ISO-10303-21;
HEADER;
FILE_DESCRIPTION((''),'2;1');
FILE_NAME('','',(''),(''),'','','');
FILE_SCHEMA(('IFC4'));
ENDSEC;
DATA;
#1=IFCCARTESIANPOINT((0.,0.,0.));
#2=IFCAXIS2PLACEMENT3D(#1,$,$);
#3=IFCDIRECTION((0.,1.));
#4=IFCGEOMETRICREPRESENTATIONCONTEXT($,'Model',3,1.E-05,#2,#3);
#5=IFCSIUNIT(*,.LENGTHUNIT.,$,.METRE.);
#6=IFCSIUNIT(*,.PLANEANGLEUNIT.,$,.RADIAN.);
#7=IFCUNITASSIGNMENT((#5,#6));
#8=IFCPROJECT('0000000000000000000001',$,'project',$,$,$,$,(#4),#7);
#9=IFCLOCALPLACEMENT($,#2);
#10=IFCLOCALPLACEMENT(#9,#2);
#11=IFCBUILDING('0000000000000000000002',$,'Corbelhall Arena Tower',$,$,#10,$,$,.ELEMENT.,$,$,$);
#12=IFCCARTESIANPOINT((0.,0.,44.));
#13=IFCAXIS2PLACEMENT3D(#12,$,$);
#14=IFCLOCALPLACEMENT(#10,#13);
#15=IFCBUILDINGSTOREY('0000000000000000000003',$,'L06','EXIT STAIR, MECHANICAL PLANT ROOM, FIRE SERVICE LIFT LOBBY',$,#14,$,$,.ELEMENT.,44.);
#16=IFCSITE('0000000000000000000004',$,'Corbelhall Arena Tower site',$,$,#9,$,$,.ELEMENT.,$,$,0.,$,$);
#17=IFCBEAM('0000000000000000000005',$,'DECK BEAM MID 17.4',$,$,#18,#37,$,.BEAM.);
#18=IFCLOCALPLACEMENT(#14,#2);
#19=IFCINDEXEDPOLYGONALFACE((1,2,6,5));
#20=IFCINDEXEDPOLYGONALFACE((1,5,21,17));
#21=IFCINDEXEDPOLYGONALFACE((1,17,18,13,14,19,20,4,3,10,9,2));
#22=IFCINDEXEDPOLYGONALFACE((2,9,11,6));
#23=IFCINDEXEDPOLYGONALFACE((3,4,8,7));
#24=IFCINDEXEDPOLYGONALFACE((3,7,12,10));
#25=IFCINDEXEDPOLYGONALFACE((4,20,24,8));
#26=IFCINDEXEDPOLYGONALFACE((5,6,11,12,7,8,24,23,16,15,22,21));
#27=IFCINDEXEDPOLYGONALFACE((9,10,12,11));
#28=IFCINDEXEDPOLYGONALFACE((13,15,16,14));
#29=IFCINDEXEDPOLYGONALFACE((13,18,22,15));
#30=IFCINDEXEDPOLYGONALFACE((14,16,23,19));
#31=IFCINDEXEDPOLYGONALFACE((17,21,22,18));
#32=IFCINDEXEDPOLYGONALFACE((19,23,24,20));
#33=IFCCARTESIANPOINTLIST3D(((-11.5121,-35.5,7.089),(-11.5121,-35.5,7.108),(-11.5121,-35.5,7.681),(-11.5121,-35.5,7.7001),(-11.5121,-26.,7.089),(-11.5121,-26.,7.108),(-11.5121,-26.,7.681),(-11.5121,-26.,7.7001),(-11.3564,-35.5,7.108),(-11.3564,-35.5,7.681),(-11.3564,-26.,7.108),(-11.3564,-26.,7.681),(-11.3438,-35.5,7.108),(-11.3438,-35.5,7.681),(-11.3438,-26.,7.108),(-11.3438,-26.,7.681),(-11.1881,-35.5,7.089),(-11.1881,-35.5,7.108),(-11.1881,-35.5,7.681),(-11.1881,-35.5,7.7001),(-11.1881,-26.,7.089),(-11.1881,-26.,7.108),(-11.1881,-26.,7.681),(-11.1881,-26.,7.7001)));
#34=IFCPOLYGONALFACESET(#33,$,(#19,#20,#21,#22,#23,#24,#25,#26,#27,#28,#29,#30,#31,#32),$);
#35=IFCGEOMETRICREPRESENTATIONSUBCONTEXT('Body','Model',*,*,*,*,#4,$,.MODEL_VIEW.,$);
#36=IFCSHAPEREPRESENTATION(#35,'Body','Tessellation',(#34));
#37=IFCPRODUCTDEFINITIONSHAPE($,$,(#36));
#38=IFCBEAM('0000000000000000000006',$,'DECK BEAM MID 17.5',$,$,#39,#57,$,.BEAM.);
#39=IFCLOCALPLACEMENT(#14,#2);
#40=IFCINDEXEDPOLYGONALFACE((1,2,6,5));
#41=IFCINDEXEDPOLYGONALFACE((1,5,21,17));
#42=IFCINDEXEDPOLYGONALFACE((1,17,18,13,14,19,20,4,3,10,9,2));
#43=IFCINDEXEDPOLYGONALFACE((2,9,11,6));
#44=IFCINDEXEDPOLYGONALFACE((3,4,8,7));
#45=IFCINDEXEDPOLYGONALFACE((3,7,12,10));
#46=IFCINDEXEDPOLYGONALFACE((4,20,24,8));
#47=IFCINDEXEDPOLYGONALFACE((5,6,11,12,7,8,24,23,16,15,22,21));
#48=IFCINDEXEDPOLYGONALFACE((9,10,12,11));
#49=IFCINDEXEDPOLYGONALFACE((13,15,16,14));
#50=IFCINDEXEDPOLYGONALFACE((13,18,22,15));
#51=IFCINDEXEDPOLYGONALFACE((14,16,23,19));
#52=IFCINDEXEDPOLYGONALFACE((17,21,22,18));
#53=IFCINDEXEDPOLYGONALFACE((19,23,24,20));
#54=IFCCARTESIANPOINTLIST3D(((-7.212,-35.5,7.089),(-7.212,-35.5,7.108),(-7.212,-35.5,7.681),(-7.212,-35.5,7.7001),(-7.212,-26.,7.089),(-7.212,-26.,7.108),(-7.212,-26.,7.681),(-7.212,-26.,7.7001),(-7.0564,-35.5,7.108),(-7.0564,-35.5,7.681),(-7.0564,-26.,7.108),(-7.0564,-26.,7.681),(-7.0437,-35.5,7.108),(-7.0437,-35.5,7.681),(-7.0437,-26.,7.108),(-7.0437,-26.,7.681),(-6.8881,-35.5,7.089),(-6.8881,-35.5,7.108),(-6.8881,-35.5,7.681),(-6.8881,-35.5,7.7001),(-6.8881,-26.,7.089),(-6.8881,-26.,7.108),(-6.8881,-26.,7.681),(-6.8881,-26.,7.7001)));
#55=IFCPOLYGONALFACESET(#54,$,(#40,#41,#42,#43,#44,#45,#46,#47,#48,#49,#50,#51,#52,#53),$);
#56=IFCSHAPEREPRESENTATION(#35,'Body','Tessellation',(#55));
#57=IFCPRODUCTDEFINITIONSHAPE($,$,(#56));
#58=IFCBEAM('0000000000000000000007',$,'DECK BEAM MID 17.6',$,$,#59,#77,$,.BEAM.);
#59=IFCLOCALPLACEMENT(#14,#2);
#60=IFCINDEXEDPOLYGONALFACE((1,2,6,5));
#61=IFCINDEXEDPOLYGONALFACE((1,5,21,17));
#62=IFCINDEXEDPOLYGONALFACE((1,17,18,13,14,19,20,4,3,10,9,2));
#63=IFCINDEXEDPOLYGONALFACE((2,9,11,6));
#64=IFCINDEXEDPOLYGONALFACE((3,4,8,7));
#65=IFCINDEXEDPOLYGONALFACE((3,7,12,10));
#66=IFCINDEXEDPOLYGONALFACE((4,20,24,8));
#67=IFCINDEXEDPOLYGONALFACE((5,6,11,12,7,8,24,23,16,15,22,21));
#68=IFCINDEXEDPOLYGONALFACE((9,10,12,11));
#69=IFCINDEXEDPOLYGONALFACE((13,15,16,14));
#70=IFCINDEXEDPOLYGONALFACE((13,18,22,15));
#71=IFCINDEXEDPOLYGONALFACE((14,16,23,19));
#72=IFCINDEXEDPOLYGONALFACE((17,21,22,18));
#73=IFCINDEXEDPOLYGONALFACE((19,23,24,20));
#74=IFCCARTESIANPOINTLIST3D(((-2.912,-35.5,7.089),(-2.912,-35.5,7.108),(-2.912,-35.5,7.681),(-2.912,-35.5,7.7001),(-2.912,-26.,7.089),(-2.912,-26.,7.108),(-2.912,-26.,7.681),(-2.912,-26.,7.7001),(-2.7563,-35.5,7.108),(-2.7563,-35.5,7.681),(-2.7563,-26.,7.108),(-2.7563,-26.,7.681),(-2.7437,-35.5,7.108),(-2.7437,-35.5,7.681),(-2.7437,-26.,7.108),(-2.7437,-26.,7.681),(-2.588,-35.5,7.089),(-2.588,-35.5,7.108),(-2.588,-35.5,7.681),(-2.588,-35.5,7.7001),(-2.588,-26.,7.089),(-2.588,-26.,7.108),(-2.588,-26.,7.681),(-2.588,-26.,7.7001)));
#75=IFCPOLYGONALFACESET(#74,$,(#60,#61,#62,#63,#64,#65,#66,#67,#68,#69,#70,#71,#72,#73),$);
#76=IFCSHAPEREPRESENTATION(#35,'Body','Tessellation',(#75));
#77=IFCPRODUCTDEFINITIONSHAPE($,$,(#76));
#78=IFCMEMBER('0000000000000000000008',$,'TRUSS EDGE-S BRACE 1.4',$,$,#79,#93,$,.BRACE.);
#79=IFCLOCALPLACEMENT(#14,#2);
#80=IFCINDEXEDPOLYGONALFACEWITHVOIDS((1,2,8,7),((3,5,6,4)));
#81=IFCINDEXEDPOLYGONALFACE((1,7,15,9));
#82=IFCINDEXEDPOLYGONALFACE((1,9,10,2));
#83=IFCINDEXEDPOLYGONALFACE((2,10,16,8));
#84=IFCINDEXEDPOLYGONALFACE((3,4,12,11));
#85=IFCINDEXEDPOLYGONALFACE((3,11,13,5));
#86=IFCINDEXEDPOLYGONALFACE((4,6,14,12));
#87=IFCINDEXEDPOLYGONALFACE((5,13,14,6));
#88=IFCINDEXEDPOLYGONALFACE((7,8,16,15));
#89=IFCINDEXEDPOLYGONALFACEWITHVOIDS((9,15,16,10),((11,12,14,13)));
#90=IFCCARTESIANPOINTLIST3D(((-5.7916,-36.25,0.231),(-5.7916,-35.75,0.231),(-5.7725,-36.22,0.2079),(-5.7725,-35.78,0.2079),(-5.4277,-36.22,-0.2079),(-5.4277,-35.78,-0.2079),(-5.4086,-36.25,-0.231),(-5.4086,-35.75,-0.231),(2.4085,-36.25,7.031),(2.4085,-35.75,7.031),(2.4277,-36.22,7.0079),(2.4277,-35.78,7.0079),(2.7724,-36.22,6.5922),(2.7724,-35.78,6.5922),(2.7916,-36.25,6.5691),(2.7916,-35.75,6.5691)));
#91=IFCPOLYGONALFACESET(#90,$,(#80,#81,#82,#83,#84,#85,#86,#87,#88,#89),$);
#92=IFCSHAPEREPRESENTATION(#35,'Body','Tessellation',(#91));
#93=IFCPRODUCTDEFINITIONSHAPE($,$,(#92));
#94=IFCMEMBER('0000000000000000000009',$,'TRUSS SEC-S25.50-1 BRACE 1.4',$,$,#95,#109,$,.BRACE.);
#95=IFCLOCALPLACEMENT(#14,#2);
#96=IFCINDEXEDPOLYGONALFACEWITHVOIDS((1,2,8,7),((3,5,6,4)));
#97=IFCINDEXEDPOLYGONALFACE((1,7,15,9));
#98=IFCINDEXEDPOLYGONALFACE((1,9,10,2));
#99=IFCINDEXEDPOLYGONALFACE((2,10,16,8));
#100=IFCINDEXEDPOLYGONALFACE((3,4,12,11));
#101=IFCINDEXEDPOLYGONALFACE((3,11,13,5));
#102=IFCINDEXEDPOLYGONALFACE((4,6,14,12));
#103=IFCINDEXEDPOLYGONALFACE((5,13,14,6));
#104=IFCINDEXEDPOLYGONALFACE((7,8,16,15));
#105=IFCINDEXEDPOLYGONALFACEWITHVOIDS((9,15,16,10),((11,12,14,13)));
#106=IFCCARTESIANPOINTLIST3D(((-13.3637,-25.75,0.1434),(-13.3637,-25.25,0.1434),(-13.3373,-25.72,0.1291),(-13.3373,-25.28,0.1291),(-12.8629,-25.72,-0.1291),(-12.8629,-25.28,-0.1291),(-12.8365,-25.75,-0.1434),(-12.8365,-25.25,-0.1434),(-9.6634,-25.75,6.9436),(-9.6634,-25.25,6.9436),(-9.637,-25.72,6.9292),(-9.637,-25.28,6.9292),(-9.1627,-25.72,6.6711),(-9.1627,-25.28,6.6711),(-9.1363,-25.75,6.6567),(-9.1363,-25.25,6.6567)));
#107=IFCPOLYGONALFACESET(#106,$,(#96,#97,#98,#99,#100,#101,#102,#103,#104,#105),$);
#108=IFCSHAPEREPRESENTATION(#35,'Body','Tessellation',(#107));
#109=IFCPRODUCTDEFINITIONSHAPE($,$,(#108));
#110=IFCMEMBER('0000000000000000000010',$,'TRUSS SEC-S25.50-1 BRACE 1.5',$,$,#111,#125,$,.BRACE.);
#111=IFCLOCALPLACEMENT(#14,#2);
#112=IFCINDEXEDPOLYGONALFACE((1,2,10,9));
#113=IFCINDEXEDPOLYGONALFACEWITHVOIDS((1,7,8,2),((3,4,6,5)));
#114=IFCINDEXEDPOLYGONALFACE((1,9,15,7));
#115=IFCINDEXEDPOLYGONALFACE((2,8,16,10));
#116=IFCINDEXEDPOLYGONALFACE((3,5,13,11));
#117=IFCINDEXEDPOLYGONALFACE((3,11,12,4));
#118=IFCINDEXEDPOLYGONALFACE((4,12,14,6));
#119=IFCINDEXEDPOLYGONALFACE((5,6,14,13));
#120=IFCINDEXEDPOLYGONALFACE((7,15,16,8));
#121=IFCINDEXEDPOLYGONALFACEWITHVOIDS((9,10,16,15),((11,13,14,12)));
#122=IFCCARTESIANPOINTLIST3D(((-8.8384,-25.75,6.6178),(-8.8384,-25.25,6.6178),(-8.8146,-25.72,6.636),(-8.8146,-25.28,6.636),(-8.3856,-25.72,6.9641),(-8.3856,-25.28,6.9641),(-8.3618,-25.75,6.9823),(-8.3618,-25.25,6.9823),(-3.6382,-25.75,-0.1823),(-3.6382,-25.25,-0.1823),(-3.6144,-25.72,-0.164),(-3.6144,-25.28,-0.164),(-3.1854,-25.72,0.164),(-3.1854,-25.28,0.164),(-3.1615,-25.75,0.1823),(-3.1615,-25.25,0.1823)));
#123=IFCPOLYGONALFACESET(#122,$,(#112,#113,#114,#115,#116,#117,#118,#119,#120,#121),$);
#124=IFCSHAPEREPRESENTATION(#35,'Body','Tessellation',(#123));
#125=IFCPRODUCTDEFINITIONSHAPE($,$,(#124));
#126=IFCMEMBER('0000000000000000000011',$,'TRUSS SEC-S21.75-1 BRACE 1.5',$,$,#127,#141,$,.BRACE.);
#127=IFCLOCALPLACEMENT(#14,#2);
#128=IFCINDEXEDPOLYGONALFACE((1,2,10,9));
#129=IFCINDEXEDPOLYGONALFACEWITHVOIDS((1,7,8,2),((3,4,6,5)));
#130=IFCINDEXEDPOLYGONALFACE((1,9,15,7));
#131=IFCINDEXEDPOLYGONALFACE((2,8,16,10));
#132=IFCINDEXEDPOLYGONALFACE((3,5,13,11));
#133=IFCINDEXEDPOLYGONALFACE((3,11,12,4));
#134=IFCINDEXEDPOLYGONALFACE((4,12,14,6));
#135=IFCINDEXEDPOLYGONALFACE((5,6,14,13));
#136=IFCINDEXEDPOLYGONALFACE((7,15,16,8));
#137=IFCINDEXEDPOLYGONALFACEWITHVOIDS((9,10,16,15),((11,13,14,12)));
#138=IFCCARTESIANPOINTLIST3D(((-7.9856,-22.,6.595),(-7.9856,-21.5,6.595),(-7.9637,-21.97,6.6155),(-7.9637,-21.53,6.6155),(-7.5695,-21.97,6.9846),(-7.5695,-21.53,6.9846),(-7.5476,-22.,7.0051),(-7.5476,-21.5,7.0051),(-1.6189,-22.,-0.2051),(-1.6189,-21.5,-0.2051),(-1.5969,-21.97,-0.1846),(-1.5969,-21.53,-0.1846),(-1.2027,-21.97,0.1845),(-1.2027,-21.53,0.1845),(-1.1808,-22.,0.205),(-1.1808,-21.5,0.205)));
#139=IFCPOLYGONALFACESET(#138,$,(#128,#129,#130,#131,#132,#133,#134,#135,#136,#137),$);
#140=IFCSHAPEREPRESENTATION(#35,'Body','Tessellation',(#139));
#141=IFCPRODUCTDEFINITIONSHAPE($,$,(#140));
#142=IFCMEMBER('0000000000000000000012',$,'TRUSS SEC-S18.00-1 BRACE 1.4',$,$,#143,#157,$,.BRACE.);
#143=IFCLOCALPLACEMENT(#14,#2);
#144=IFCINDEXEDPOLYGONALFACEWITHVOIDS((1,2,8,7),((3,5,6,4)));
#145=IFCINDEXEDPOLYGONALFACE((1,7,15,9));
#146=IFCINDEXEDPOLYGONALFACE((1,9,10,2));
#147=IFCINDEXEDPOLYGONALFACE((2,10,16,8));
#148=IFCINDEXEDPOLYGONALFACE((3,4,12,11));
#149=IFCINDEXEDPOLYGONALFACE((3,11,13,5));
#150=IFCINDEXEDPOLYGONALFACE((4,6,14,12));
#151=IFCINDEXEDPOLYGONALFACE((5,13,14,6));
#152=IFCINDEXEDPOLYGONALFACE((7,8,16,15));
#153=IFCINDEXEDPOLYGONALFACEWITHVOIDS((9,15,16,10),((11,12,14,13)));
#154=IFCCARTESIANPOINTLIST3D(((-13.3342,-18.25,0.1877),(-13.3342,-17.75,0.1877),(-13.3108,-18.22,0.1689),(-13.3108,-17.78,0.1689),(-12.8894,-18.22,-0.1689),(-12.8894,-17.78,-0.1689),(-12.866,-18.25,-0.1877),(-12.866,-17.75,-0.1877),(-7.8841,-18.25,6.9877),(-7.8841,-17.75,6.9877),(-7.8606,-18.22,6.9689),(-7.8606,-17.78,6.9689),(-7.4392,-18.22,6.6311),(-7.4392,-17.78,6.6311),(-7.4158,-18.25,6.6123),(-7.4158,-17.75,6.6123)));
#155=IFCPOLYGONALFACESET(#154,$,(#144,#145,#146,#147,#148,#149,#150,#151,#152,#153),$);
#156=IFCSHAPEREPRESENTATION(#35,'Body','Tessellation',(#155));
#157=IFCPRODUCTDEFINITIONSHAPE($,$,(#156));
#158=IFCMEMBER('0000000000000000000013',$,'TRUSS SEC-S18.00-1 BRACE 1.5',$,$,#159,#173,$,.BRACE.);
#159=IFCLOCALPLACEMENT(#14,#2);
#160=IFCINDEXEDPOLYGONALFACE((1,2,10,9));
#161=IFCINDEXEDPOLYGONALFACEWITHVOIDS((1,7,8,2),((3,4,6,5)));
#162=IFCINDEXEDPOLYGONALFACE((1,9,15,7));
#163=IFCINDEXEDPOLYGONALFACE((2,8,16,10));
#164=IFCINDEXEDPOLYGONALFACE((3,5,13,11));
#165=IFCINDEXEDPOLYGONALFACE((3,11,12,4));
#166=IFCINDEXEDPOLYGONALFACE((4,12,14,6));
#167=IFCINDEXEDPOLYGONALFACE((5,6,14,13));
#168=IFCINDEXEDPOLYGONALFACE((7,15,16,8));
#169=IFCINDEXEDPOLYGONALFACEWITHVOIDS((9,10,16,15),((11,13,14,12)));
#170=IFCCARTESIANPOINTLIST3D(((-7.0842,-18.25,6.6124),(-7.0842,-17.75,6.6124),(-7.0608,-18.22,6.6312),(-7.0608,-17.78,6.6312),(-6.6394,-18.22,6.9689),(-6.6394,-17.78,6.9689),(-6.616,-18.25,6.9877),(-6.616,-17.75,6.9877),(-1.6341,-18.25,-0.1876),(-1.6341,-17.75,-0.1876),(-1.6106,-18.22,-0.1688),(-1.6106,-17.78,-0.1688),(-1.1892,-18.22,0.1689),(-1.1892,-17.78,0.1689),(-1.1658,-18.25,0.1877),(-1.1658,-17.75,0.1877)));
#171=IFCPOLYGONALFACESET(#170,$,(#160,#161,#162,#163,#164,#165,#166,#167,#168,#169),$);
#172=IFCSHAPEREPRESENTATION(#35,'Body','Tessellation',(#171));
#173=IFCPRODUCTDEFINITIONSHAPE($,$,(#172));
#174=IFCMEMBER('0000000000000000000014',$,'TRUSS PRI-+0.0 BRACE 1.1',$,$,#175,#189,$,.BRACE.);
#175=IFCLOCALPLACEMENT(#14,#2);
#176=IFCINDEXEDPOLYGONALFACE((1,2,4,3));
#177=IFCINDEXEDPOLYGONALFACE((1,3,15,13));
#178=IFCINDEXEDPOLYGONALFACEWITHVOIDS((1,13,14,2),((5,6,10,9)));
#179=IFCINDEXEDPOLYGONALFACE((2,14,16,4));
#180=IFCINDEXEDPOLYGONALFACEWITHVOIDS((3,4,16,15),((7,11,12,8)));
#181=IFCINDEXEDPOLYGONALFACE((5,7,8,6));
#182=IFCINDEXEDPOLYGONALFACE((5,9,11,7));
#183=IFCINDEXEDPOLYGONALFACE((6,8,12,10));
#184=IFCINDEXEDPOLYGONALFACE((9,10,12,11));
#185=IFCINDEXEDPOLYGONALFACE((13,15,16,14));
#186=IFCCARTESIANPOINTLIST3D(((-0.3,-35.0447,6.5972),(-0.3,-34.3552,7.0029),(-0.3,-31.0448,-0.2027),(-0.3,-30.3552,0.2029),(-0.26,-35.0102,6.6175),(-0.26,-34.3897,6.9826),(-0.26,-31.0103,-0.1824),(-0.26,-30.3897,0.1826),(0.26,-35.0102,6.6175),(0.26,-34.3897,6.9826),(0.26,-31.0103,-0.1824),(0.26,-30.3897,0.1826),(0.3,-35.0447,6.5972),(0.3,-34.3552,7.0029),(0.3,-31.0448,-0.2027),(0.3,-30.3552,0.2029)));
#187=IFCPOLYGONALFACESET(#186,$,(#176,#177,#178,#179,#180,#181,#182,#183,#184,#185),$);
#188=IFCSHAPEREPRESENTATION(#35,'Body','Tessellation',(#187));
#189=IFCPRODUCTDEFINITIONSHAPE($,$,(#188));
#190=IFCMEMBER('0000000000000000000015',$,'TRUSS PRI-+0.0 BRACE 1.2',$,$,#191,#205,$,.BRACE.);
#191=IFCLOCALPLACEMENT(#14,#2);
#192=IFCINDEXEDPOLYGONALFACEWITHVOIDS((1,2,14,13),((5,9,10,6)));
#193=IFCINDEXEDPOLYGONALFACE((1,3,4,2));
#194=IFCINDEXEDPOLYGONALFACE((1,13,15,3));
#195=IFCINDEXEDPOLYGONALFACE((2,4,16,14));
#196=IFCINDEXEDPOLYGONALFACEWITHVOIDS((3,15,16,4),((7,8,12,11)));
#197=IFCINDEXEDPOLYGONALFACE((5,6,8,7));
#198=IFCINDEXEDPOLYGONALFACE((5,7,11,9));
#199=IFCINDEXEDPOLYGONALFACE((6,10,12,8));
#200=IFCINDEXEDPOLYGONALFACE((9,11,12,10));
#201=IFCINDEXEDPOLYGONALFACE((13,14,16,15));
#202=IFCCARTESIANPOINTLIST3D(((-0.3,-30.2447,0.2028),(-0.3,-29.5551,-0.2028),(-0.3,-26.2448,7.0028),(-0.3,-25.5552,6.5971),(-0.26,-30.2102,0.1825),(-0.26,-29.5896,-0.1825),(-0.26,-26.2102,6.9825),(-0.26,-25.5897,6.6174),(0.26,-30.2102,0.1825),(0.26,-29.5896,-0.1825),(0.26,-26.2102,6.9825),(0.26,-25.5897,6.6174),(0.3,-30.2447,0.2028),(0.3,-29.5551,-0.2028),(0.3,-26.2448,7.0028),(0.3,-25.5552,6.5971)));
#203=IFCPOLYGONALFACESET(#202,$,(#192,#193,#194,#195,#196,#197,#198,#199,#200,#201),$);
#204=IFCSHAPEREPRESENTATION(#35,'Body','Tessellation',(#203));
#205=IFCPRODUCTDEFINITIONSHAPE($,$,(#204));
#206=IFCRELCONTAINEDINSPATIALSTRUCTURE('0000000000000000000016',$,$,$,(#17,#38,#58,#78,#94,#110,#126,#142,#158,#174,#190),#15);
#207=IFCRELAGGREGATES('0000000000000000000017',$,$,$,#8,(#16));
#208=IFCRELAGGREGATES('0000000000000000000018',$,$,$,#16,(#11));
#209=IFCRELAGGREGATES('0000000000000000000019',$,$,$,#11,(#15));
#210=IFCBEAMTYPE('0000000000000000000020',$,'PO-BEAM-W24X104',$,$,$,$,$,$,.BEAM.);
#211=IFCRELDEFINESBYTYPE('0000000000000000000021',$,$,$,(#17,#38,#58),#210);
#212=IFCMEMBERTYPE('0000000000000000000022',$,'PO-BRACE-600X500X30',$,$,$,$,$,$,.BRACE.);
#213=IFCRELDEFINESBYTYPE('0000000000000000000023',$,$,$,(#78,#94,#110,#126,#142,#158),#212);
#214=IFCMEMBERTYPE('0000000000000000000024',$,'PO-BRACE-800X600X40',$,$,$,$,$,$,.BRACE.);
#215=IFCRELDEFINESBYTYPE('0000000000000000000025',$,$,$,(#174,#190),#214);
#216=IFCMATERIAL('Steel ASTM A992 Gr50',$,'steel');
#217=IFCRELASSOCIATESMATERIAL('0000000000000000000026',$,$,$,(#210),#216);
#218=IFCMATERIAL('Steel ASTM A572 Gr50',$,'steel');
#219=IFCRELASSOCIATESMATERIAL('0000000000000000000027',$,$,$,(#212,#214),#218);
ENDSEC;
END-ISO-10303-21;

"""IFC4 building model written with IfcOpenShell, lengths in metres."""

from ifc_helpers import new_model, si_unit, direction, frame, origin, origin_2d, place, context, subcontext, project, spatial, hollow_rectangle, i_section, extrude, material, material_profile, profile_set, type_object, element, save


model = new_model("IFC4")

# Units and contexts
model_context = context("Model", 3, precision=1e-05, world=origin(), true_north=direction((0.0, 1.0)))
body_context = subcontext(model_context, "Body", "Model", "MODEL_VIEW")
ifc_project = project(units=[si_unit("LENGTHUNIT", "METRE"), si_unit("PLANEANGLEUNIT", "RADIAN")], contexts=[model_context])

# Site, building, storey
site_placement = place(None, origin())
site = spatial("IfcSite", under=ifc_project, at=site_placement, Name="Corbelhall Arena Tower site", CompositionType="ELEMENT", RefElevation=0.0)
building_placement = place(site_placement, origin())
building = spatial("IfcBuilding", under=site, at=building_placement, Name="Corbelhall Arena Tower", CompositionType="ELEMENT")
storey_placement = place(building_placement, frame((0.0, 0.0, 44.0)))
storey = spatial("IfcBuildingStorey", under=building, at=storey_placement, Name="L06", Description="EXIT STAIR, MECHANICAL PLANT ROOM, FIRE SERVICE LIFT LOBBY", CompositionType="ELEMENT", Elevation=44.0)

# Beams
ifc_material_1 = material(Name="Steel ASTM A992 Gr50", Category="steel")
ifc_material_profile_1 = material_profile(ifc_material_1, i_section(OverallWidth=0.324, OverallDepth=0.6111, WebThickness=0.0127, FlangeThickness=0.019, at=origin_2d()))
ifc_profile_set_1 = profile_set([ifc_material_profile_1], Name="Steel ASTM A992 Gr50")
beam_type = type_object("IfcBeamType", Name="PO-BEAM-W24X104", PredefinedType="BEAM", material=ifc_profile_set_1)
for number, where, z_axis, x_axis, name in (
    (1, (-11.3501, -35.5, 7.3945), (0.0, 1.0, 0.0), (-1.0, 0.0, 0.0), "DECK BEAM MID 17.4"),
    (2, (-7.05, -35.5, 7.3945), (0.0, 1.0, 0.0), (-1.0, 0.0, 0.0), "DECK BEAM MID 17.5"),
    (3, (-2.75, -35.5, 7.3945), (0.0, 1.0, 0.0), (-1.0, 0.0, 0.0), "DECK BEAM MID 17.6"),
):
    element("IfcBeam", number, at=place(storey_placement, frame(where, z_axis=z_axis, x_axis=x_axis)), inside=storey, type_object=beam_type, Name=name, PredefinedType="BEAM", context=body_context, shape_type="SweptSolid", body=[
        extrude(i_section(OverallWidth=0.324, OverallDepth=0.6111, WebThickness=0.0127, FlangeThickness=0.019, at=origin_2d()), origin(), (0.0, 0.0, 1.0), 9.5),
    ])

# Members
ifc_material_2 = material(Name="Steel ASTM A572 Gr50", Category="steel")
ifc_material_profile_2 = material_profile(ifc_material_2, hollow_rectangle(XDim=0.5, YDim=0.6001, WallThickness=0.03, at=origin_2d()))
ifc_profile_set_2 = profile_set([ifc_material_profile_2], Name="Steel ASTM A572 Gr50")
member_type_1 = type_object("IfcMemberType", Name="PO-BRACE-600X500X30", PredefinedType="BRACE", material=ifc_profile_set_2)
member_1_placement = place(storey_placement, frame((-5.6001, -36.0, 0.0), z_axis=(0.769763, 0.0, 0.63833), x_axis=(0.0, 1.0, 0.0)))
element("IfcMember", 4, at=member_1_placement, inside=storey, type_object=member_type_1, Name="TRUSS EDGE-S BRACE 1.4", PredefinedType="BRACE", context=body_context, shape_type="SweptSolid", body=[
    extrude(hollow_rectangle(XDim=0.5, YDim=0.6001, WallThickness=0.03, at=origin_2d()), origin(), (0.0, 0.0, 1.0), 10.6528),
])
member_2_placement = place(storey_placement, frame((-13.1001, -25.5, 0.0), z_axis=(0.477964, 0.0, 0.87838), x_axis=(0.0, 1.0, 0.0)))
element("IfcMember", 5, at=member_2_placement, inside=storey, type_object=member_type_1, Name="TRUSS SEC-S25.50-1 BRACE 1.4", PredefinedType="BRACE", context=body_context, shape_type="SweptSolid", body=[
    extrude(hollow_rectangle(XDim=0.5, YDim=0.6001, WallThickness=0.03, at=origin_2d()), origin(), (0.0, 0.0, 1.0), 7.7417),
])
member_3_placement = place(storey_placement, frame((-8.6001, -25.5, 6.8), z_axis=(0.607462, 0.0, -0.794349), x_axis=(0.0, 1.0, 0.0)))
element("IfcMember", 6, at=member_3_placement, inside=storey, type_object=member_type_1, Name="TRUSS SEC-S25.50-1 BRACE 1.5", PredefinedType="BRACE", context=body_context, shape_type="SweptSolid", body=[
    extrude(hollow_rectangle(XDim=0.5, YDim=0.6001, WallThickness=0.03, at=origin_2d()), origin(), (0.0, 0.0, 1.0), 8.5605),
])
member_4_placement = place(storey_placement, frame((-7.7666, -21.75, 6.8), z_axis=(0.683464, 0.0, -0.729984), x_axis=(0.0, 1.0, 0.0)))
element("IfcMember", 7, at=member_4_placement, inside=storey, type_object=member_type_1, Name="TRUSS SEC-S21.75-1 BRACE 1.5", PredefinedType="BRACE", context=body_context, shape_type="SweptSolid", body=[
    extrude(hollow_rectangle(XDim=0.5, YDim=0.6001, WallThickness=0.03, at=origin_2d()), origin(), (0.0, 0.0, 1.0), 9.3154),
])
for number, where, z_axis, x_axis, name in (
    (8, (-13.1001, -18.0, 0.0), (0.625405, 0.0, 0.7803), (0.0, 1.0, 0.0), "TRUSS SEC-S18.00-1 BRACE 1.4"),
    (9, (-6.8501, -18.0, 6.8), (0.625405, 0.0, -0.7803), (0.0, 1.0, 0.0), "TRUSS SEC-S18.00-1 BRACE 1.5"),
):
    element("IfcMember", number, at=place(storey_placement, frame(where, z_axis=z_axis, x_axis=x_axis)), inside=storey, type_object=member_type_1, Name=name, PredefinedType="BRACE", context=body_context, shape_type="SweptSolid", body=[
        extrude(hollow_rectangle(XDim=0.5, YDim=0.6001, WallThickness=0.03, at=origin_2d()), origin(), (0.0, 0.0, 1.0), 8.7146),
    ])
ifc_material_profile_3 = material_profile(ifc_material_2, hollow_rectangle(XDim=0.6001, YDim=0.8, WallThickness=0.04, at=origin_2d()))
ifc_profile_set_3 = profile_set([ifc_material_profile_3], Name="Steel ASTM A572 Gr50")
member_type_2 = type_object("IfcMemberType", Name="PO-BRACE-800X600X40", PredefinedType="BRACE", material=ifc_profile_set_3)
for number, where, z_axis, x_axis, name in (
    (10, (0.0, -34.7, 6.8), (0.0, 0.507017, -0.861936), (-1.0, 0.0, 0.0), "TRUSS PRI-+0.0 BRACE 1.1"),
    (11, (0.0, -29.8999, 0.0), (0.0, 0.507017, 0.861936), (-1.0, 0.0, 0.0), "TRUSS PRI-+0.0 BRACE 1.2"),
):
    element("IfcMember", number, at=place(storey_placement, frame(where, z_axis=z_axis, x_axis=x_axis)), inside=storey, type_object=member_type_2, Name=name, PredefinedType="BRACE", context=body_context, shape_type="SweptSolid", body=[
        extrude(hollow_rectangle(XDim=0.6001, YDim=0.8, WallThickness=0.04, at=origin_2d()), origin(), (0.0, 0.0, 1.0), 7.8892),
    ])

save(model, "model.ifc")
